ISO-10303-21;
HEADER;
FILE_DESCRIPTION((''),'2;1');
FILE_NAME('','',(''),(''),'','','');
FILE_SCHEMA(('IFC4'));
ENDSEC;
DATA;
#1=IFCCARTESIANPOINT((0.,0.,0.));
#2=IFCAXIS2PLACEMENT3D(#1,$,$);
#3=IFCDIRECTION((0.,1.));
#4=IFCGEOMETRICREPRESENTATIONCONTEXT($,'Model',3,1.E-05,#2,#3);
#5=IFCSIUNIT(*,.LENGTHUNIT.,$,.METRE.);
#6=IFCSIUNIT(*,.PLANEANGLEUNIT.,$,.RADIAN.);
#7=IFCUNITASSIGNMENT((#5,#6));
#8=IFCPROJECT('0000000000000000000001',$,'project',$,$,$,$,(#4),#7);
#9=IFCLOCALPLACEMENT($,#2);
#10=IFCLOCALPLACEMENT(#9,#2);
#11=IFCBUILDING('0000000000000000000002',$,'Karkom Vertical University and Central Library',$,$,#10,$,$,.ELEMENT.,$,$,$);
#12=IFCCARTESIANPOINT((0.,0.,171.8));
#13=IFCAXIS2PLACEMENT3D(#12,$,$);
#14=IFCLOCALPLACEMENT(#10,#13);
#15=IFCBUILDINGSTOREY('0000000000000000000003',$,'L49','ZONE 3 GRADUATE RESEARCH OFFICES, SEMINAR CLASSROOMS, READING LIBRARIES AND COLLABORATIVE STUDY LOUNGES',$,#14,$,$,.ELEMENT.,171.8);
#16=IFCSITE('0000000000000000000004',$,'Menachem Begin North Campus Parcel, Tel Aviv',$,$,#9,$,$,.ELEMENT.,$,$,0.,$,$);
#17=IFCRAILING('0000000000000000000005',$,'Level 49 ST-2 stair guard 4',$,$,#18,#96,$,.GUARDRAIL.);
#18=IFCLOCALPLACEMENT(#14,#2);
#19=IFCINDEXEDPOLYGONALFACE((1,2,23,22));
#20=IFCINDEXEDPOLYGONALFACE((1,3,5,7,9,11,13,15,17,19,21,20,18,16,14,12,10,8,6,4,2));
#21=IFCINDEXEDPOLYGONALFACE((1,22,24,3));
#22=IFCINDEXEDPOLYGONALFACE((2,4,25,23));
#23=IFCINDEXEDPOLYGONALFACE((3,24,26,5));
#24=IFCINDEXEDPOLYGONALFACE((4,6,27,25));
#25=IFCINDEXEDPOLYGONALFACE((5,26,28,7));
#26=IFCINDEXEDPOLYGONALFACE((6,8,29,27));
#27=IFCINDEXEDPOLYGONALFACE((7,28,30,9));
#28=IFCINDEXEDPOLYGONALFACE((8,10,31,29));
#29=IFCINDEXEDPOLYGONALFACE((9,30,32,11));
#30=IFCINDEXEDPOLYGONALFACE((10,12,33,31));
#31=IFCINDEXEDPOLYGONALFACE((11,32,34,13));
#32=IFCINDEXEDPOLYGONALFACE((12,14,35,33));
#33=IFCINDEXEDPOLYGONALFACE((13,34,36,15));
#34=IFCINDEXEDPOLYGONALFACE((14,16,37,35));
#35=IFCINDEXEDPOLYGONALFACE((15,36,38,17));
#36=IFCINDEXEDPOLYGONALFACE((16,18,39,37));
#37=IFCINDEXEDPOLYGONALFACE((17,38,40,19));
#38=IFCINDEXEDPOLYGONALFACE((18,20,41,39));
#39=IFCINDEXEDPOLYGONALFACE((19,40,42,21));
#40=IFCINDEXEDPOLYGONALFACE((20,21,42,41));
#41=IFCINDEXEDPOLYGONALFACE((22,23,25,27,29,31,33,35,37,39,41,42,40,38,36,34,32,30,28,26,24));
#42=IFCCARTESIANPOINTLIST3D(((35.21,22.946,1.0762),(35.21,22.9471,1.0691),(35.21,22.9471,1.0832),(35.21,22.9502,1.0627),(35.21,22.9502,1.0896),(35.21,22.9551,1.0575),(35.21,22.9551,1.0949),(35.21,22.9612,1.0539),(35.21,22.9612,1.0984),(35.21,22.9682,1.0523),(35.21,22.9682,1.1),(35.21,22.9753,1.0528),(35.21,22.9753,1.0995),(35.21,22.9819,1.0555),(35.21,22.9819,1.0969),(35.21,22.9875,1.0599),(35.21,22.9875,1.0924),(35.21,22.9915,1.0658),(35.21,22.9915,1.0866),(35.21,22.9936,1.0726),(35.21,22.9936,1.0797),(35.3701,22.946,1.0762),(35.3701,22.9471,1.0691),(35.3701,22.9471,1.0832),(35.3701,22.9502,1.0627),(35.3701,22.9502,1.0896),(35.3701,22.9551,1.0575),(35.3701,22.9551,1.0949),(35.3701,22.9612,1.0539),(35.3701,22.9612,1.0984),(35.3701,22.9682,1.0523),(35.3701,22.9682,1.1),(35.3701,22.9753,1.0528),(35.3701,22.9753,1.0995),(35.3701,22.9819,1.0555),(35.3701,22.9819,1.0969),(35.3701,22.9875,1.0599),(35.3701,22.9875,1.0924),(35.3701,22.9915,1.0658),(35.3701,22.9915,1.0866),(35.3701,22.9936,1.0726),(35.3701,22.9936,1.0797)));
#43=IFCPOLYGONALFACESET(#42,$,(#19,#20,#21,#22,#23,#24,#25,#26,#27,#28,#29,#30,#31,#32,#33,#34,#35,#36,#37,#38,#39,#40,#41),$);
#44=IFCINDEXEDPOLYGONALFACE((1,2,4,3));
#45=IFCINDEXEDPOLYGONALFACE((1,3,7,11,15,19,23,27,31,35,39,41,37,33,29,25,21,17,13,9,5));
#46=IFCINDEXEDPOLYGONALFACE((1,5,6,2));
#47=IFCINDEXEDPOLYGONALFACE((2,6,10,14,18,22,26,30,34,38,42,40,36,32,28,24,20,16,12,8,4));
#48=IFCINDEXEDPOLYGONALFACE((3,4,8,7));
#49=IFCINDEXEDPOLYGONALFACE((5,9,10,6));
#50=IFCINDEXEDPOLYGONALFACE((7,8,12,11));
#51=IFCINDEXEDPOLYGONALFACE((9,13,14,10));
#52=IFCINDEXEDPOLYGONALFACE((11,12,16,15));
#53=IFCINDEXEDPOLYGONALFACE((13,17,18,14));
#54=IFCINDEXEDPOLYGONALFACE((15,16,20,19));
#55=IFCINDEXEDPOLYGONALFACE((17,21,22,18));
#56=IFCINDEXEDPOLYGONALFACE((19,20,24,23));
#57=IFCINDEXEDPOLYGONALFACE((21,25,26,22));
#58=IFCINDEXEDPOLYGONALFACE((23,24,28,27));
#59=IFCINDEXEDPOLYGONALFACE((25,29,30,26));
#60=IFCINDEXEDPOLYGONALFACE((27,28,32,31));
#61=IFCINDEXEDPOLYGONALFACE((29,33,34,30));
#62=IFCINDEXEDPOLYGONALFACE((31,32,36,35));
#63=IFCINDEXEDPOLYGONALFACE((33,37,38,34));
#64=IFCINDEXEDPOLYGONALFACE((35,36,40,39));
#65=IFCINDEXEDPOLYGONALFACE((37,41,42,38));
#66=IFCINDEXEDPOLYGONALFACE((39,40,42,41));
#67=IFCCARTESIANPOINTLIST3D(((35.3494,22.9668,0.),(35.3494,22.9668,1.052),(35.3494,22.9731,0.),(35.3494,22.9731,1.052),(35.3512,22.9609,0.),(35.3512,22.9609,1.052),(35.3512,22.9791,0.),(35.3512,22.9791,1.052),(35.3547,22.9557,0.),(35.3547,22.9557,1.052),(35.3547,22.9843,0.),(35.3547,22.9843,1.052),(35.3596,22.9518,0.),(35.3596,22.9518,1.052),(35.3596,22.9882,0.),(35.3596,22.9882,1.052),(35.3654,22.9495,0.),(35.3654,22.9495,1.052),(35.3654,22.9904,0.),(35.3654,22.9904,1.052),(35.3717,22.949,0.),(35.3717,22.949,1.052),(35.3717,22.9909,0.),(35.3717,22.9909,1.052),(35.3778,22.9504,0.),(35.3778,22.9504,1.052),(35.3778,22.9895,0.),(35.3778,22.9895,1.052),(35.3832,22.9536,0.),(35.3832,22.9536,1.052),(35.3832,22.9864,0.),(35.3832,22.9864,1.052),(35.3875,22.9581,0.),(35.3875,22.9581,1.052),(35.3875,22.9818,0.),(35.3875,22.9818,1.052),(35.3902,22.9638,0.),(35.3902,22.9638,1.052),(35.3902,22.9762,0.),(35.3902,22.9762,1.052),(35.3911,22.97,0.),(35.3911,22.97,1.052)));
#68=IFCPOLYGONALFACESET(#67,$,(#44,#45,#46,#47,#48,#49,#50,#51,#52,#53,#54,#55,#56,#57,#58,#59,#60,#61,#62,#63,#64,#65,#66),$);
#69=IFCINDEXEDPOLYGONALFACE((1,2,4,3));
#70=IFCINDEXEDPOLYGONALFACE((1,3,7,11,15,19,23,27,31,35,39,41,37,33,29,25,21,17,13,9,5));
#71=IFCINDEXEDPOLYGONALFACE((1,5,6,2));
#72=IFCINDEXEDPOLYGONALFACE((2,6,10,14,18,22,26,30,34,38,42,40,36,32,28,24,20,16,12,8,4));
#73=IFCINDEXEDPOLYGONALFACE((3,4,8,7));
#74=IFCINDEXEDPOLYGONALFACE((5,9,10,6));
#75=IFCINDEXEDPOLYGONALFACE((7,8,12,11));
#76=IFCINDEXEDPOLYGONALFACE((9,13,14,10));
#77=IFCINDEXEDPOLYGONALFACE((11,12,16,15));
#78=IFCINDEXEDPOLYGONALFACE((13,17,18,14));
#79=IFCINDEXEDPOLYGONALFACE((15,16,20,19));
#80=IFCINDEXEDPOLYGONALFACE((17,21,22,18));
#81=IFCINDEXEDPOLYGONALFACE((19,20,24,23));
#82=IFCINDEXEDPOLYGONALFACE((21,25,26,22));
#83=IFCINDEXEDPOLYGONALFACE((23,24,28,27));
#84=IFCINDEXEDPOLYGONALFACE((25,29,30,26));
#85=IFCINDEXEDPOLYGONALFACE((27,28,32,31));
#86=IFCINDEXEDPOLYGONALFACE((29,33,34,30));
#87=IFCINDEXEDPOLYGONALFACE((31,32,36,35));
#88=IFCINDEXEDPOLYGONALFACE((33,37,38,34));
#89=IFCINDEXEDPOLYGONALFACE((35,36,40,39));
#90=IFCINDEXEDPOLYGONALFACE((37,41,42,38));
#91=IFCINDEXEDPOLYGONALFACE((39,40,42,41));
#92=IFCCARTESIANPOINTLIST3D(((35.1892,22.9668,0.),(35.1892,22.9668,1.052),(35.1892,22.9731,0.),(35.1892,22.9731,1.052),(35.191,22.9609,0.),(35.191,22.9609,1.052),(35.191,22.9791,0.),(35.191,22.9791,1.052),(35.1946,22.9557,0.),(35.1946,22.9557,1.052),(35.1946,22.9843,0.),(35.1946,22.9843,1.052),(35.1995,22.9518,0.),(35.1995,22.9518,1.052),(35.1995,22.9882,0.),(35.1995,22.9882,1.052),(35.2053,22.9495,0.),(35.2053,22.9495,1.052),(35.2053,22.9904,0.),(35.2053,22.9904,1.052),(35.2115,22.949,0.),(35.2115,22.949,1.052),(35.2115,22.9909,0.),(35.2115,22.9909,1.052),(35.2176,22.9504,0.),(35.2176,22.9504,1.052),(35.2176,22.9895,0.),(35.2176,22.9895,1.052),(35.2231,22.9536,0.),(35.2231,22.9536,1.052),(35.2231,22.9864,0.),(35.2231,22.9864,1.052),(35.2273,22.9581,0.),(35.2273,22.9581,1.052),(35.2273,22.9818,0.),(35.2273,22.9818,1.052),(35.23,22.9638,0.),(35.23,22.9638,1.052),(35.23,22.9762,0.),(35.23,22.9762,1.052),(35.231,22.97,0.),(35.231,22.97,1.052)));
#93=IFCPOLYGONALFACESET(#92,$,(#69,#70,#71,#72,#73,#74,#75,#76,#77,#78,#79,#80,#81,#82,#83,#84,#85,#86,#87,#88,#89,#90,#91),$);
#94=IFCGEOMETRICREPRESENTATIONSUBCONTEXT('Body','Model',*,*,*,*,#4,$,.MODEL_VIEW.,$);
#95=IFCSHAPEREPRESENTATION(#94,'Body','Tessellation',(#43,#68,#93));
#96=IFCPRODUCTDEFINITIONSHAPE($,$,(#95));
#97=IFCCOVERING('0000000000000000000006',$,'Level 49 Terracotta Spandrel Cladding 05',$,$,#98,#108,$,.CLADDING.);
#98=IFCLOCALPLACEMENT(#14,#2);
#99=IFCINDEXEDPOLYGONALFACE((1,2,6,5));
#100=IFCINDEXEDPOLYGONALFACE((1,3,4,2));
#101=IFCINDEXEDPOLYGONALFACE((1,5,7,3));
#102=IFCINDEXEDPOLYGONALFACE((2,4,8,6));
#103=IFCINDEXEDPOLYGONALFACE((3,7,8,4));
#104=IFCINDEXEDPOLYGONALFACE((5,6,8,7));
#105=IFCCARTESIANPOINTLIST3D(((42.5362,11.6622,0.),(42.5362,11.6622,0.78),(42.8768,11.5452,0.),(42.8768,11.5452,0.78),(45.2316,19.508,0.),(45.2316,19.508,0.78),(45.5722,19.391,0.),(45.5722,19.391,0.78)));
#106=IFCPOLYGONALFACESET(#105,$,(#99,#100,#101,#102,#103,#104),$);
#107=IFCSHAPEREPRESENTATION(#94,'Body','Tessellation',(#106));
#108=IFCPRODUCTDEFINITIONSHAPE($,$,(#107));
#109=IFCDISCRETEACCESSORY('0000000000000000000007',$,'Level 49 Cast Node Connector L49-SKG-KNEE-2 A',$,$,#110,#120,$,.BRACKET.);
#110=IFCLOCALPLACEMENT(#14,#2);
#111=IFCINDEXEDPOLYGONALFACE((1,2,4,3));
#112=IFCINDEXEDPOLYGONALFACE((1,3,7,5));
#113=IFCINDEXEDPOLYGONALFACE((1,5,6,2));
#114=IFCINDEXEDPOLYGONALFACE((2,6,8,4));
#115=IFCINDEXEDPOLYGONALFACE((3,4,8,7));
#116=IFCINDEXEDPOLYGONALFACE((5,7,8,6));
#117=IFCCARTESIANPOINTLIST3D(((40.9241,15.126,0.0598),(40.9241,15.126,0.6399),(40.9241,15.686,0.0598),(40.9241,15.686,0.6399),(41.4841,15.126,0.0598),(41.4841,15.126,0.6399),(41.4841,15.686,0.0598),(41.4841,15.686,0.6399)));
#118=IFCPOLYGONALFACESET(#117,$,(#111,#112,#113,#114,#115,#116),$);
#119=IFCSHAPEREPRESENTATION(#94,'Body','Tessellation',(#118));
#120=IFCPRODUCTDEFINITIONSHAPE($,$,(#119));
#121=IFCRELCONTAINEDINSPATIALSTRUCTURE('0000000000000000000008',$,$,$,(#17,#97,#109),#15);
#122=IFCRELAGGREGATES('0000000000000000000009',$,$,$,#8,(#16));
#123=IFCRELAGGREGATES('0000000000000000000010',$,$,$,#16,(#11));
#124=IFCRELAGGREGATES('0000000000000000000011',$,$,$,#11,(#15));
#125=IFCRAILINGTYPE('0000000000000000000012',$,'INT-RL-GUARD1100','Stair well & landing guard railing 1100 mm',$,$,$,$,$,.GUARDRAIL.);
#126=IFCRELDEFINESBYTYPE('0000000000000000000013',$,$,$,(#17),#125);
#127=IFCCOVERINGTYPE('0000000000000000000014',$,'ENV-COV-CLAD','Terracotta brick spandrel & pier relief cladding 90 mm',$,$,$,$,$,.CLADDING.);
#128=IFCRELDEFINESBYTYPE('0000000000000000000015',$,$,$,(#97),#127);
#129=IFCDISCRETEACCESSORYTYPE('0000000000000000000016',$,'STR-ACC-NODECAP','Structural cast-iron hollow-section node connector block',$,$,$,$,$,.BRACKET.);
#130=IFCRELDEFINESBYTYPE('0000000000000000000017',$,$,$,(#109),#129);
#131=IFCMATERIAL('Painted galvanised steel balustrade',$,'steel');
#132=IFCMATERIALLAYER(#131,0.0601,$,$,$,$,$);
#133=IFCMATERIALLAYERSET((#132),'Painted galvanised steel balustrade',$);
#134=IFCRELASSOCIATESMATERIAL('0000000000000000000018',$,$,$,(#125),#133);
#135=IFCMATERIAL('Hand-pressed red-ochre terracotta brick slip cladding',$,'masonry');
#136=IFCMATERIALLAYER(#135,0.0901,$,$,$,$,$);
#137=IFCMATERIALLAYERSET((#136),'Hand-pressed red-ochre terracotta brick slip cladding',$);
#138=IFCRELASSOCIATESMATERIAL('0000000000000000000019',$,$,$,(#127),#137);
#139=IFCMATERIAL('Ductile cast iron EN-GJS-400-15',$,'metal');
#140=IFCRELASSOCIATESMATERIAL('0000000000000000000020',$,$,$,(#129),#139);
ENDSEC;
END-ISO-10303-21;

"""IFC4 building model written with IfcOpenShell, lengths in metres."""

from ifc_helpers import new_model, si_unit, direction, frame, origin, origin_with_axes, origin_2d, place, context, subcontext, project, spatial, rectangle, circle, extrude, source, transform, mapped, material, layer, layer_set, type_object, element, save


model = new_model("IFC4")

# Units and contexts
model_context = context("Model", 3, precision=1e-05, world=origin(), true_north=direction((0.0, 1.0)))
body_context = subcontext(model_context, "Body", "Model", "MODEL_VIEW")
ifc_project = project(units=[si_unit("LENGTHUNIT", "METRE"), si_unit("PLANEANGLEUNIT", "RADIAN")], contexts=[model_context])

# Site, building, storey
site_placement = place(None, origin())
site = spatial("IfcSite", under=ifc_project, at=site_placement, Name="Menachem Begin North Campus Parcel, Tel Aviv", CompositionType="ELEMENT", RefElevation=0.0)
building_placement = place(site_placement, origin())
building = spatial("IfcBuilding", under=site, at=building_placement, Name="Karkom Vertical University and Central Library", CompositionType="ELEMENT")
storey_placement = place(building_placement, frame((0.0, 0.0, 171.8)))
storey = spatial("IfcBuildingStorey", under=building, at=storey_placement, Name="L49", Description="ZONE 3 GRADUATE RESEARCH OFFICES, SEMINAR CLASSROOMS, READING LIBRARIES AND COLLABORATIVE STUDY LOUNGES", CompositionType="ELEMENT", Elevation=171.8)

# Railing
ifc_material_1 = material(Name="Painted galvanised steel balustrade", Category="steel")
ifc_layer_1 = layer(ifc_material_1, 0.0601)
ifc_layer_set_1 = layer_set([ifc_layer_1], Name="Painted galvanised steel balustrade")
railing_type = type_object("IfcRailingType", Name="INT-RL-GUARD1100", Description="Stair well & landing guard railing 1100 mm", PredefinedType="GUARDRAIL", material=ifc_layer_set_1)
railing_placement = place(storey_placement, frame((35.3701, 22.97, 0.0)))
element("IfcRailing", 1, at=railing_placement, inside=storey, type_object=railing_type, Name="Level 49 ST-2 stair guard 4", PredefinedType="GUARDRAIL", context=body_context, shape_type="SweptSolid", body=[
    extrude(circle(Radius=0.0239, at=origin_2d()), frame((0.0, 0.0, 1.0762), z_axis=(-1.0, 0.0, 0.0), x_axis=(0.0, -1.0, 0.0)), (0.0, 0.0, 1.0), 0.1602),
    extrude(circle(Radius=0.021, at=origin_2d()), origin(), (0.0, 0.0, 1.0), 1.052),
    extrude(circle(Radius=0.021, at=origin_2d()), frame((-0.1602, 0.0, 0.0)), (0.0, 0.0, 1.0), 1.052),
])

# Covering
ifc_material_2 = material(Name="Hand-pressed red-ochre terracotta brick slip cladding", Category="masonry")
ifc_layer_2 = layer(ifc_material_2, 0.0901)
ifc_layer_set_2 = layer_set([ifc_layer_2], Name="Hand-pressed red-ochre terracotta brick slip cladding")
covering_type = type_object("IfcCoveringType", Name="ENV-COV-CLAD", Description="Terracotta brick spandrel & pier relief cladding 90 mm", PredefinedType="CLADDING", material=ifc_layer_set_2)
shared_shape_1 = source(origin_with_axes(), body_context, "Body", "SweptSolid", [
    extrude(rectangle(XDim=8.2959, YDim=0.3601, at=origin_2d()), origin(), (0.0, 0.0, 1.0), 0.78),
])
covering_placement = place(storey_placement, frame((44.0542, 15.5266, 0.0), z_axis=(0.0, 0.0, 1.0), x_axis=(0.324908, 0.945746, 0.0)))
element("IfcCovering", 2, at=covering_placement, inside=storey, type_object=covering_type, Name="Level 49 Terracotta Spandrel Cladding 05", PredefinedType="CLADDING", context=body_context, shape_type="MappedRepresentation", body=[
    mapped(shared_shape_1, transform((0.0, 0.0, 0.0), scale=1.0)),
])

# Discrete accessory
ifc_material_3 = material(Name="Ductile cast iron EN-GJS-400-15", Category="metal")
discrete_accessory_type = type_object("IfcDiscreteAccessoryType", Name="STR-ACC-NODECAP", Description="Structural cast-iron hollow-section node connector block", PredefinedType="BRACKET", material=ifc_material_3)
shared_shape_2 = source(origin_with_axes(), body_context, "Body", "SweptSolid", [
    extrude(rectangle(XDim=0.5601, YDim=0.5601, at=origin_2d()), origin(), (0.0, 0.0, 1.0), 0.5801),
])
discrete_accessory_placement = place(storey_placement, frame((41.2041, 15.406, 0.0598), z_axis=(0.0, 0.0, 1.0), x_axis=(1.0, 0.0, 0.0)))
element("IfcDiscreteAccessory", 3, at=discrete_accessory_placement, inside=storey, type_object=discrete_accessory_type, Name="Level 49 Cast Node Connector L49-SKG-KNEE-2 A", PredefinedType="BRACKET", context=body_context, shape_type="MappedRepresentation", body=[
    mapped(shared_shape_2, transform((0.0, 0.0, 0.0), scale=1.0)),
])

save(model, "model.ifc")
